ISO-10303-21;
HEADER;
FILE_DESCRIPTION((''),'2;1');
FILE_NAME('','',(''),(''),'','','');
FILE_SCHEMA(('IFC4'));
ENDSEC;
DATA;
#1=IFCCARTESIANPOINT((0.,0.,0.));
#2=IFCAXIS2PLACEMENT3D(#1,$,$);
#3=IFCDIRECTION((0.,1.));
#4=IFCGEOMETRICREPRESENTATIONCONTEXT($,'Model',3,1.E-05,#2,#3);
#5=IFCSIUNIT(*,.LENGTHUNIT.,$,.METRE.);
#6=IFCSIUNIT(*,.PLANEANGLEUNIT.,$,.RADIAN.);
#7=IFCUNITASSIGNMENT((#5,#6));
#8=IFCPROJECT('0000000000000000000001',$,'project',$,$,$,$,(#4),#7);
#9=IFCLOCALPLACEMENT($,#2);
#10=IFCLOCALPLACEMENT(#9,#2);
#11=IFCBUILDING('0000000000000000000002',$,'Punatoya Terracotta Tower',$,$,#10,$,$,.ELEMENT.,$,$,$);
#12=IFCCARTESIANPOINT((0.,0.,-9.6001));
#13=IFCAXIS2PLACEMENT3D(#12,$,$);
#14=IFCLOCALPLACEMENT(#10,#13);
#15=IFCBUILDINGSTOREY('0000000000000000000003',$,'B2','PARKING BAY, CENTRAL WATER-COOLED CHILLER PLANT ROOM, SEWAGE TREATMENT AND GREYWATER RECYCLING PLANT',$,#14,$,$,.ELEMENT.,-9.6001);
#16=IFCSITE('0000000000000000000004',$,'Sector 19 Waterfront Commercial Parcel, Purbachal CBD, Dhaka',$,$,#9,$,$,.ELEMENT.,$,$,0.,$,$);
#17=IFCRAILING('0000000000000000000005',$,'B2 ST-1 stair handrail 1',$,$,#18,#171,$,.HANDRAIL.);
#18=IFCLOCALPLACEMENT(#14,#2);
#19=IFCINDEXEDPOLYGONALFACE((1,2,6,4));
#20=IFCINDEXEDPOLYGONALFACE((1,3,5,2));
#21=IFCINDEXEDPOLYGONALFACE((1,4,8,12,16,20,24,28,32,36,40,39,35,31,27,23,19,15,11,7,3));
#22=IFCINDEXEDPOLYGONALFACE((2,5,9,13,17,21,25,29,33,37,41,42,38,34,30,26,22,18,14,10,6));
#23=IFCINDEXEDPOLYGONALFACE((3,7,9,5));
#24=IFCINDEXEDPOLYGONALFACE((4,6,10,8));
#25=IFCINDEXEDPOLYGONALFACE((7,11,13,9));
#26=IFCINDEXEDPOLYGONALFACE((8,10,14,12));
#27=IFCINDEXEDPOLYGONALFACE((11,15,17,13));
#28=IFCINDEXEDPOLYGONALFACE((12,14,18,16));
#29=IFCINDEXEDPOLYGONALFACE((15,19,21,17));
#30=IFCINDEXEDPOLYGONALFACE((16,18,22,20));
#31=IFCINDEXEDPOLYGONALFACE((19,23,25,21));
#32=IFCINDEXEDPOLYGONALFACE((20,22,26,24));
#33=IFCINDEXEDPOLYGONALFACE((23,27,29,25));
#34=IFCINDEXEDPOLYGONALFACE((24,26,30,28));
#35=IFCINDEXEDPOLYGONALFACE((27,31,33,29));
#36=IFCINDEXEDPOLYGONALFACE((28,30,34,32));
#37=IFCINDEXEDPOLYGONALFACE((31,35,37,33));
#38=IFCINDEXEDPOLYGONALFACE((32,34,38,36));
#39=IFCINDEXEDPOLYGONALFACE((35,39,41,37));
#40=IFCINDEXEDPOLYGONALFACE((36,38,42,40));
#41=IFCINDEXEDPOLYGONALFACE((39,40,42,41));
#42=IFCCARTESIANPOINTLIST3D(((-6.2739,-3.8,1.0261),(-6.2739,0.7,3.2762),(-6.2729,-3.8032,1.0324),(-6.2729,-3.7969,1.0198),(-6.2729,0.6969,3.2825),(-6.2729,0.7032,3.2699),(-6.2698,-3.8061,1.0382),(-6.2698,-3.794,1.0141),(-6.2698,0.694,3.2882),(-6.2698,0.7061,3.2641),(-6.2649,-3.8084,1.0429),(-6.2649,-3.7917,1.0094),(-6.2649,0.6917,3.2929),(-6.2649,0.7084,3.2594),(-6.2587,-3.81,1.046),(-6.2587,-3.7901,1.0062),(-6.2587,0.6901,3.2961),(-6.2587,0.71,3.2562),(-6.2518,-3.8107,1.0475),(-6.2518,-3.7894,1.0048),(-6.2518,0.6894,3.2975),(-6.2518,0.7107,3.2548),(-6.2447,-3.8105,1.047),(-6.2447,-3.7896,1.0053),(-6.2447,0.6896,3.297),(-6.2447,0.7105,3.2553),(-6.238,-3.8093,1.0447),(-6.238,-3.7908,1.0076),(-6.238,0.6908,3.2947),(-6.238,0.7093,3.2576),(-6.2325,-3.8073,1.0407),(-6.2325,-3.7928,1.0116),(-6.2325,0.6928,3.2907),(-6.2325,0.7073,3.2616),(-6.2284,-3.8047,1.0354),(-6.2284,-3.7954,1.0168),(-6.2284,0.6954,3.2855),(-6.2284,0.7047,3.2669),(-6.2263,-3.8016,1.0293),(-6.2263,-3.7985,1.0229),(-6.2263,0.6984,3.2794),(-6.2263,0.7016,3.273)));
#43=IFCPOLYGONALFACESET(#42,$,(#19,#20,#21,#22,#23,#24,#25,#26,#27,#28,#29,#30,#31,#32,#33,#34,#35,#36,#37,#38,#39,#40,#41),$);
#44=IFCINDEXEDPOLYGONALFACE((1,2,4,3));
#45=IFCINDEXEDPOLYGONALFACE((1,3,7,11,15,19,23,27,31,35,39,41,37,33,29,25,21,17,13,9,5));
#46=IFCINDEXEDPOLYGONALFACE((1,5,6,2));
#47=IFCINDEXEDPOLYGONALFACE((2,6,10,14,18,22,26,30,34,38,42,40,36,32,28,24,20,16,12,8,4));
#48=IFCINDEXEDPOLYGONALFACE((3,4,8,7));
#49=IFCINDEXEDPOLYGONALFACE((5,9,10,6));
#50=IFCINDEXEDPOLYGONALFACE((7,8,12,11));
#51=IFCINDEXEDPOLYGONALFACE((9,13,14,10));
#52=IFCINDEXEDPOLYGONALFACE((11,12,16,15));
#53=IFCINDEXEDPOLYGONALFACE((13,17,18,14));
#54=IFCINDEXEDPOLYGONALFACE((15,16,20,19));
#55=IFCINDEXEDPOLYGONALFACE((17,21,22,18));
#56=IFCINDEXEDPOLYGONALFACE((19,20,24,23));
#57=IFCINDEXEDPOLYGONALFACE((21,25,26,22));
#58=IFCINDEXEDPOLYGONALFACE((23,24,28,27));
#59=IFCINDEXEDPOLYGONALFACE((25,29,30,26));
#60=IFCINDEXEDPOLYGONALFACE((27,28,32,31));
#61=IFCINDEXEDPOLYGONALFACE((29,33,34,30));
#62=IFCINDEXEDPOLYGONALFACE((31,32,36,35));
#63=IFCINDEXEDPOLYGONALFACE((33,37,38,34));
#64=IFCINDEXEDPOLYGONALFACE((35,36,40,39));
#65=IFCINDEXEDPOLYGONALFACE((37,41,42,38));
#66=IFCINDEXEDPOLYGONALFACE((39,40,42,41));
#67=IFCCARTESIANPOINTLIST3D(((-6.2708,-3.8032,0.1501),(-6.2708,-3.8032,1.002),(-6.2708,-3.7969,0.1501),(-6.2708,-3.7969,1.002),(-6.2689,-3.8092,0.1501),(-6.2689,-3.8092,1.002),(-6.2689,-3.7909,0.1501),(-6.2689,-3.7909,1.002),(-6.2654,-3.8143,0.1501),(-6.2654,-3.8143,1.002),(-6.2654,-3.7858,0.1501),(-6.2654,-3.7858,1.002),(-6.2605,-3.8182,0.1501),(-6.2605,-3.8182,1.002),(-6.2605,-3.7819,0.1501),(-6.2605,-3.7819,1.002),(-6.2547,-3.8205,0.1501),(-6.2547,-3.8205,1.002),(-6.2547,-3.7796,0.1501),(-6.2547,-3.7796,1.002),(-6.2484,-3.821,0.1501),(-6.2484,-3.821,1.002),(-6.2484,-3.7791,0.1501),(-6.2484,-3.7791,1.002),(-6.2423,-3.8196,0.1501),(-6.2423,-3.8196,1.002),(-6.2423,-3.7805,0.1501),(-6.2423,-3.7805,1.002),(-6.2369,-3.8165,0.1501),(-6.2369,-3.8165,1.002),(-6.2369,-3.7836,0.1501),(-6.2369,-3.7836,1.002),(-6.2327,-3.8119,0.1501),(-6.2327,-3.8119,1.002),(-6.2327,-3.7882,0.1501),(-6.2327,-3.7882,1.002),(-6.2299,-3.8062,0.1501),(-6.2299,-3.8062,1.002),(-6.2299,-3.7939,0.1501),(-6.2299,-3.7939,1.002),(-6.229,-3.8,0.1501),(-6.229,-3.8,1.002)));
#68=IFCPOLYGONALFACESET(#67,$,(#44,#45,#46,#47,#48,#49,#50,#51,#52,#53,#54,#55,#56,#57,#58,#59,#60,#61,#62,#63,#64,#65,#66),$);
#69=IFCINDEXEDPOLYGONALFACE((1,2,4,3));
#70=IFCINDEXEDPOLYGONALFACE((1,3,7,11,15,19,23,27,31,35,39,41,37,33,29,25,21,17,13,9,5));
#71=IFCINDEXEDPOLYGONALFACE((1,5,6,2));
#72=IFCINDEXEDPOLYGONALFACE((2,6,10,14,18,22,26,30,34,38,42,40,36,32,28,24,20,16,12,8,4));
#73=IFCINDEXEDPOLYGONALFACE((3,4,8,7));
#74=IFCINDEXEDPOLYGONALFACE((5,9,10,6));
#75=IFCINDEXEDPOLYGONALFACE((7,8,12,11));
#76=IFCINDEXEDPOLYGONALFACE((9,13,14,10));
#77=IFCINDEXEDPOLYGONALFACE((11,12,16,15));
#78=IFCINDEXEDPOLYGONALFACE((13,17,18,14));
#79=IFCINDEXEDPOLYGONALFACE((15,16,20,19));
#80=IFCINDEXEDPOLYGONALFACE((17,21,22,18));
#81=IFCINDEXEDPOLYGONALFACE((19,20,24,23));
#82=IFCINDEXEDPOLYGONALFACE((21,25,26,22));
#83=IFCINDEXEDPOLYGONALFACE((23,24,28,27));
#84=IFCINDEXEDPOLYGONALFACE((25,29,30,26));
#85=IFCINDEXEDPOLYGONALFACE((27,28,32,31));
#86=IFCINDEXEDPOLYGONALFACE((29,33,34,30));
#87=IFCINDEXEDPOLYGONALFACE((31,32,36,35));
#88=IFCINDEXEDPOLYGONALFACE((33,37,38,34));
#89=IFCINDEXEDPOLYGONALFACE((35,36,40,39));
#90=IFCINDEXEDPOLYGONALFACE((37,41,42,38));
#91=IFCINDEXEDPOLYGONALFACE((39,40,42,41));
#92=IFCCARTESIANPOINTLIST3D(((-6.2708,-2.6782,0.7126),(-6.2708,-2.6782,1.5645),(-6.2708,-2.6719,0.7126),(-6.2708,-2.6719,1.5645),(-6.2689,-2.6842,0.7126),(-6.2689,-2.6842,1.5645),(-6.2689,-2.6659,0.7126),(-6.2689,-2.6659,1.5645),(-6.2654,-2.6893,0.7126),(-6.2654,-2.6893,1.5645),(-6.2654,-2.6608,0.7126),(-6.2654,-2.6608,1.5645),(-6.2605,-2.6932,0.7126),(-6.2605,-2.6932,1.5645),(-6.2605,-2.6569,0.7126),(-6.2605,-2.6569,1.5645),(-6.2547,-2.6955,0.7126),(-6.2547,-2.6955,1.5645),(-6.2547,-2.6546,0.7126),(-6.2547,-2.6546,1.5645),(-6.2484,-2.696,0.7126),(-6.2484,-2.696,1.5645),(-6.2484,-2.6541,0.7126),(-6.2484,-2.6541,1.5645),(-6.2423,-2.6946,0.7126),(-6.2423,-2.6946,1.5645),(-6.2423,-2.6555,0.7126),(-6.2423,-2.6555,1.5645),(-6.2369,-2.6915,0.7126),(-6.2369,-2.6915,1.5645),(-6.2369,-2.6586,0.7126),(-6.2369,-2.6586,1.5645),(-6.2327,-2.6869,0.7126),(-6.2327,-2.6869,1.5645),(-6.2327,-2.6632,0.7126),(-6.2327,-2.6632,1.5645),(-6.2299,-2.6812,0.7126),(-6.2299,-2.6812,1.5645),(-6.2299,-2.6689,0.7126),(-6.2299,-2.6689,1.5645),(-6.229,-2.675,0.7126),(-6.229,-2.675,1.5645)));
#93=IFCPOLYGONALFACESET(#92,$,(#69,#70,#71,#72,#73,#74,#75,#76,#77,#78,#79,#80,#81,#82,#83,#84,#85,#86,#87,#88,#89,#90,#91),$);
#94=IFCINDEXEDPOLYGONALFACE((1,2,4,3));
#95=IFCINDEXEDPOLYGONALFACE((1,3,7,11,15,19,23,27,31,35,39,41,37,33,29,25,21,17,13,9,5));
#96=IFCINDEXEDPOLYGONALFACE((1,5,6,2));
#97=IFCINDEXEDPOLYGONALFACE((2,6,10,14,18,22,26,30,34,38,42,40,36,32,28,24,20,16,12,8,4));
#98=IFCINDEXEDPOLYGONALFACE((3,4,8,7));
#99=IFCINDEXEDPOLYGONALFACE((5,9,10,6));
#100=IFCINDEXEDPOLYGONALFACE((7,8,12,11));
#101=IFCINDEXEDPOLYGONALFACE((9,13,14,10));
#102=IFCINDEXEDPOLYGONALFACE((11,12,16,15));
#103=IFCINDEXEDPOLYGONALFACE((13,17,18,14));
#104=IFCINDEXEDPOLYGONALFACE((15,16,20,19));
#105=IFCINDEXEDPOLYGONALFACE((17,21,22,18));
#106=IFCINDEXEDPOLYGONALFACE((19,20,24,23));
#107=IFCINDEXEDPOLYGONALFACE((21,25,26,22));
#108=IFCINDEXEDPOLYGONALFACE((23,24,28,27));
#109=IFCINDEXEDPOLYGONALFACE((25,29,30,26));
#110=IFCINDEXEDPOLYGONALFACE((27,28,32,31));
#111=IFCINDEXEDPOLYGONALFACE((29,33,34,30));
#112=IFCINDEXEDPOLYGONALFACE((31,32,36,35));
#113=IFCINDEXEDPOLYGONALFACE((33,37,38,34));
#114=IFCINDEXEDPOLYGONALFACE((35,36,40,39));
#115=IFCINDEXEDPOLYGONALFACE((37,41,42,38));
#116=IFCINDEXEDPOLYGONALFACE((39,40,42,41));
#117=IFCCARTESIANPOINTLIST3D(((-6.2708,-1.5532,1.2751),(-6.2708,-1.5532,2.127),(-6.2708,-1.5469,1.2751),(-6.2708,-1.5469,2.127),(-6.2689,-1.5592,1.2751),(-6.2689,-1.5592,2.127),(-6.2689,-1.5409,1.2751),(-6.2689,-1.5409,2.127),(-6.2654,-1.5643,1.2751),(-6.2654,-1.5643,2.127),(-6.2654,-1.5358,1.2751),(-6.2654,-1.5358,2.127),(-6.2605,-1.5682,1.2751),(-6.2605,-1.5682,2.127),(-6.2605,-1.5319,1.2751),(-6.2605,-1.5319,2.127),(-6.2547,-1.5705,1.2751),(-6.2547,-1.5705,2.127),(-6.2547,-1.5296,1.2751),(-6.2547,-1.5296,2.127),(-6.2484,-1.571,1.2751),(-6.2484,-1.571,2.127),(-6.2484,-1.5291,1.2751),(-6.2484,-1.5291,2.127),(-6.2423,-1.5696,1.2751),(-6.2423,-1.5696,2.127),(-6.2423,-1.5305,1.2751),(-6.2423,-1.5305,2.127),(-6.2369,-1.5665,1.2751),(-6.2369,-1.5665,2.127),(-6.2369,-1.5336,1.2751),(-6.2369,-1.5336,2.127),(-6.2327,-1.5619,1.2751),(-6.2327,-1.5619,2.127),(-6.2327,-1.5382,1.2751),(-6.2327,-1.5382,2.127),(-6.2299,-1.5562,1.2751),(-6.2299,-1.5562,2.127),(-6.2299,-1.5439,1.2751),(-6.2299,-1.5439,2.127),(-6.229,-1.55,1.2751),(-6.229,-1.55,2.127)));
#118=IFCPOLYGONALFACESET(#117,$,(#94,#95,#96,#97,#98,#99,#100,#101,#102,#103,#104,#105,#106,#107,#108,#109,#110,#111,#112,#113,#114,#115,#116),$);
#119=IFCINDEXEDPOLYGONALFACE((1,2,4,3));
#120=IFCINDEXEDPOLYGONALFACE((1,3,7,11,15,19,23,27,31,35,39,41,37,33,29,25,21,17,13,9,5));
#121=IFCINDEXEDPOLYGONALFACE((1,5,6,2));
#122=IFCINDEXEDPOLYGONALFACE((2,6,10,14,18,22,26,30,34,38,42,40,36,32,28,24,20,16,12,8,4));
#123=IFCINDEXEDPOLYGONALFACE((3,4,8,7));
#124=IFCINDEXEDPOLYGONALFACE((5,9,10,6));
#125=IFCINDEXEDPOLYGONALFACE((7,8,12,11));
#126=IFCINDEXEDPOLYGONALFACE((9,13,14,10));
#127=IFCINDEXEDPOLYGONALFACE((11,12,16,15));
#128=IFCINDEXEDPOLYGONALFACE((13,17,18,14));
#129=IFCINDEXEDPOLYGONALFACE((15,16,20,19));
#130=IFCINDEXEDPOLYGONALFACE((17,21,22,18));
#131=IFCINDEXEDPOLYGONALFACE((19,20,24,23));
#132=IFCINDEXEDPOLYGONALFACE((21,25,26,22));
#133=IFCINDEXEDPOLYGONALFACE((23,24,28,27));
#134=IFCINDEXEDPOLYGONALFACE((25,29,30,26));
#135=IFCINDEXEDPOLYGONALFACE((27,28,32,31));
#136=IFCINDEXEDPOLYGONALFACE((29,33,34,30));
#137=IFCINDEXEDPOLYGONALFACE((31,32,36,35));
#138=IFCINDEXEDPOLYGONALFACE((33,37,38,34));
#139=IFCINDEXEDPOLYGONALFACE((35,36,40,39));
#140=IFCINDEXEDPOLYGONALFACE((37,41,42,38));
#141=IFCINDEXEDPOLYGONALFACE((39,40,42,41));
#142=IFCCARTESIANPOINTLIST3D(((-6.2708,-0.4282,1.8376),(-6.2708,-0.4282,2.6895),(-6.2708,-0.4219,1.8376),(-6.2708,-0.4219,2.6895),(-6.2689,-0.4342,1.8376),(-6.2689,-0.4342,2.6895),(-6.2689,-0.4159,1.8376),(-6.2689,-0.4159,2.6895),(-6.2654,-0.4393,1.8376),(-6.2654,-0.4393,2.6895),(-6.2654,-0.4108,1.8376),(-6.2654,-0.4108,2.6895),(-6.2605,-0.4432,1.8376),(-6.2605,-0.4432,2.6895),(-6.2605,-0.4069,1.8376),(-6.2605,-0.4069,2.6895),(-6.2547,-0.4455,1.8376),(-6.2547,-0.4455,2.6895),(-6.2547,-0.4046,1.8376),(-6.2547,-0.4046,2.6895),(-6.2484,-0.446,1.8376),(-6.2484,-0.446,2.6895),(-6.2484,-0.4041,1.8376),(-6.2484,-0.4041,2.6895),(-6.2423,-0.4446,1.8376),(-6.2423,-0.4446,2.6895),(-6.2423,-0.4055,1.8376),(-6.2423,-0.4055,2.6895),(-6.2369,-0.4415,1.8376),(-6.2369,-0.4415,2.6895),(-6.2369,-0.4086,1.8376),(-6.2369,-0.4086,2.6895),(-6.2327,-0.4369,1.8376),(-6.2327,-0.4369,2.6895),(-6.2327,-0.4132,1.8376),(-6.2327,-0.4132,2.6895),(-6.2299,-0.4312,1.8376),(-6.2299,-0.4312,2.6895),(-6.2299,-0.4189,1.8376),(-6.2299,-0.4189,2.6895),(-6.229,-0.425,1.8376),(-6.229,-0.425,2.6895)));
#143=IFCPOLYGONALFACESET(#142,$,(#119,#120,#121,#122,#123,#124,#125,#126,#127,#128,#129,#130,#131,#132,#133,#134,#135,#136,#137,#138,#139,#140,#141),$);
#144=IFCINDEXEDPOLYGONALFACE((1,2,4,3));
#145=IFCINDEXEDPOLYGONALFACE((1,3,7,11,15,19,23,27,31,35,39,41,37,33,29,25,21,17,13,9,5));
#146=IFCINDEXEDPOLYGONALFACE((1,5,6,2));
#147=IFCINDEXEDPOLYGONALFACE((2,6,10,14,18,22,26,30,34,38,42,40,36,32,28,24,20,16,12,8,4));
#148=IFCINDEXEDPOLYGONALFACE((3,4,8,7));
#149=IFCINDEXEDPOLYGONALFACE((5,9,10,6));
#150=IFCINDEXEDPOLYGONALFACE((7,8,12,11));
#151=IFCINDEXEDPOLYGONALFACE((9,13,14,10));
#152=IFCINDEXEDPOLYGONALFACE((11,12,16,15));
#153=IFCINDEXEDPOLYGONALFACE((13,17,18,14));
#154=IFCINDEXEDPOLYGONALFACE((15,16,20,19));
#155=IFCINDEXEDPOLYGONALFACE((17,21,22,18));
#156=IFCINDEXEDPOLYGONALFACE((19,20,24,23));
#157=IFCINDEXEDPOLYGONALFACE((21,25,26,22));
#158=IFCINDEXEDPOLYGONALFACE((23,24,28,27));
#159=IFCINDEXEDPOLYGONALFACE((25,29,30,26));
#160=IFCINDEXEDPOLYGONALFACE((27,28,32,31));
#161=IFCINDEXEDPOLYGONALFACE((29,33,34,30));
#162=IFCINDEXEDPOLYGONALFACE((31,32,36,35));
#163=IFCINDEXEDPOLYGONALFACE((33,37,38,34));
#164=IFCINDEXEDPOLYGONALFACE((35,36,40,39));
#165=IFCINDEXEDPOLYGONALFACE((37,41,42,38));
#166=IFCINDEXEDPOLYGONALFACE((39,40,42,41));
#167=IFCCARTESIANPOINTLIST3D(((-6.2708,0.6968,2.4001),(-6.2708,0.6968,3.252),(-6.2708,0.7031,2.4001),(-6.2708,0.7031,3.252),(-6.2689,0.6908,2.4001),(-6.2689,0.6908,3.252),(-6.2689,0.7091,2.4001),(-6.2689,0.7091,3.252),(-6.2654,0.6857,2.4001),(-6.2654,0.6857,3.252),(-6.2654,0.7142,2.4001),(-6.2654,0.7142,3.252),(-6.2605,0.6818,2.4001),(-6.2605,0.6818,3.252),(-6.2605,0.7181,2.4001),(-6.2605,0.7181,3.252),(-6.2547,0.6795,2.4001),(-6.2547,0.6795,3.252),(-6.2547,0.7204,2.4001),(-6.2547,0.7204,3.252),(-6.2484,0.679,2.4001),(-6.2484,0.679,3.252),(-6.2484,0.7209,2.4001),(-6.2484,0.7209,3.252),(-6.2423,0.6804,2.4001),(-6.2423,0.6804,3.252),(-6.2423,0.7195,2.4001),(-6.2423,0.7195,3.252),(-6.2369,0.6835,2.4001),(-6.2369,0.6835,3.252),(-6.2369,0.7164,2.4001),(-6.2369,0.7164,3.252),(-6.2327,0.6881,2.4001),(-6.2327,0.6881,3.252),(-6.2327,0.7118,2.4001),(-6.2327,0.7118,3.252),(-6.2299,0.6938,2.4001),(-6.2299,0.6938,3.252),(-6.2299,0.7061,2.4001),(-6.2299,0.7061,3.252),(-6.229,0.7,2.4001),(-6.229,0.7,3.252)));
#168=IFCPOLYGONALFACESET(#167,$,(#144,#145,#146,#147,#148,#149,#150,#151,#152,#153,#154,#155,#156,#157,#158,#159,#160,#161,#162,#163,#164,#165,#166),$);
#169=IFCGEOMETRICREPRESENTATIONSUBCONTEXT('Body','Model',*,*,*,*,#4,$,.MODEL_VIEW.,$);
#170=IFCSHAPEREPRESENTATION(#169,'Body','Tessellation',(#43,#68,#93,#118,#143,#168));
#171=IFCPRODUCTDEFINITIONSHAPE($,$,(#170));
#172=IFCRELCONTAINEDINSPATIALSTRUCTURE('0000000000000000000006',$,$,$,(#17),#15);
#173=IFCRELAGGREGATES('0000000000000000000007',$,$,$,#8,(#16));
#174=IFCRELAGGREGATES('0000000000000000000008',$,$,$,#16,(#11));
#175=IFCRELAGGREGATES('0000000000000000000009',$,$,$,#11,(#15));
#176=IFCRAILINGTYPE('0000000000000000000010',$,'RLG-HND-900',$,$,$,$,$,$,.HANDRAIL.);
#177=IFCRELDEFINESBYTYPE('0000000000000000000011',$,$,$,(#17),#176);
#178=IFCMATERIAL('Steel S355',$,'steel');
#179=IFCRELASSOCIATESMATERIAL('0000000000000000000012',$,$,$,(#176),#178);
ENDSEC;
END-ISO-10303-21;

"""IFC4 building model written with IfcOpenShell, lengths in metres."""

from ifc_helpers import new_model, si_unit, direction, frame, origin, origin_2d, place, context, subcontext, project, spatial, circle, extrude, material, type_object, element, save


model = new_model("IFC4")

# Units and contexts
model_context = context("Model", 3, precision=1e-05, world=origin(), true_north=direction((0.0, 1.0)))
body_context = subcontext(model_context, "Body", "Model", "MODEL_VIEW")
ifc_project = project(units=[si_unit("LENGTHUNIT", "METRE"), si_unit("PLANEANGLEUNIT", "RADIAN")], contexts=[model_context])

# Site, building, storey
site_placement = place(None, origin())
site = spatial("IfcSite", under=ifc_project, at=site_placement, Name="Sector 19 Waterfront Commercial Parcel, Purbachal CBD, Dhaka", CompositionType="ELEMENT", RefElevation=0.0)
building_placement = place(site_placement, origin())
building = spatial("IfcBuilding", under=site, at=building_placement, Name="Punatoya Terracotta Tower", CompositionType="ELEMENT")
storey_placement = place(building_placement, frame((0.0, 0.0, -9.6001)))
storey = spatial("IfcBuildingStorey", under=building, at=storey_placement, Name="B2", Description="PARKING BAY, CENTRAL WATER-COOLED CHILLER PLANT ROOM, SEWAGE TREATMENT AND GREYWATER RECYCLING PLANT", CompositionType="ELEMENT", Elevation=-9.6001)

# Railing
ifc_material_1 = material(Name="Steel S355", Category="steel")
railing_type_1 = type_object("IfcRailingType", Name="RLG-HND-900", PredefinedType="HANDRAIL", material=ifc_material_1)
railing_1_placement = place(storey_placement, frame((-6.25, -3.8, 0.1501)))
element("IfcRailing", 1, at=railing_1_placement, inside=storey, type_object=railing_type_1, Name="B2 ST-1 stair handrail 1", PredefinedType="HANDRAIL", context=body_context, shape_type="SweptSolid", body=[
    extrude(circle(Radius=0.0239, at=origin_2d()), frame((0.0, 0.0, 0.876), z_axis=(0.0, 0.894427, 0.447214), x_axis=(-1.0, 0.0, 0.0)), (0.0, 0.0, 1.0), 5.0312),
    extrude(circle(Radius=0.021, at=origin_2d()), origin(), (0.0, 0.0, 1.0), 0.8518),
    extrude(circle(Radius=0.021, at=origin_2d()), frame((0.0, 1.125, 0.5625)), (0.0, 0.0, 1.0), 0.8518),
    extrude(circle(Radius=0.021, at=origin_2d()), frame((0.0, 2.25, 1.125)), (0.0, 0.0, 1.0), 0.8518),
    extrude(circle(Radius=0.021, at=origin_2d()), frame((0.0, 3.375, 1.6875)), (0.0, 0.0, 1.0), 0.8518),
    extrude(circle(Radius=0.021, at=origin_2d()), frame((0.0, 4.5, 2.25)), (0.0, 0.0, 1.0), 0.8518),
])

save(model, "model.ifc")
